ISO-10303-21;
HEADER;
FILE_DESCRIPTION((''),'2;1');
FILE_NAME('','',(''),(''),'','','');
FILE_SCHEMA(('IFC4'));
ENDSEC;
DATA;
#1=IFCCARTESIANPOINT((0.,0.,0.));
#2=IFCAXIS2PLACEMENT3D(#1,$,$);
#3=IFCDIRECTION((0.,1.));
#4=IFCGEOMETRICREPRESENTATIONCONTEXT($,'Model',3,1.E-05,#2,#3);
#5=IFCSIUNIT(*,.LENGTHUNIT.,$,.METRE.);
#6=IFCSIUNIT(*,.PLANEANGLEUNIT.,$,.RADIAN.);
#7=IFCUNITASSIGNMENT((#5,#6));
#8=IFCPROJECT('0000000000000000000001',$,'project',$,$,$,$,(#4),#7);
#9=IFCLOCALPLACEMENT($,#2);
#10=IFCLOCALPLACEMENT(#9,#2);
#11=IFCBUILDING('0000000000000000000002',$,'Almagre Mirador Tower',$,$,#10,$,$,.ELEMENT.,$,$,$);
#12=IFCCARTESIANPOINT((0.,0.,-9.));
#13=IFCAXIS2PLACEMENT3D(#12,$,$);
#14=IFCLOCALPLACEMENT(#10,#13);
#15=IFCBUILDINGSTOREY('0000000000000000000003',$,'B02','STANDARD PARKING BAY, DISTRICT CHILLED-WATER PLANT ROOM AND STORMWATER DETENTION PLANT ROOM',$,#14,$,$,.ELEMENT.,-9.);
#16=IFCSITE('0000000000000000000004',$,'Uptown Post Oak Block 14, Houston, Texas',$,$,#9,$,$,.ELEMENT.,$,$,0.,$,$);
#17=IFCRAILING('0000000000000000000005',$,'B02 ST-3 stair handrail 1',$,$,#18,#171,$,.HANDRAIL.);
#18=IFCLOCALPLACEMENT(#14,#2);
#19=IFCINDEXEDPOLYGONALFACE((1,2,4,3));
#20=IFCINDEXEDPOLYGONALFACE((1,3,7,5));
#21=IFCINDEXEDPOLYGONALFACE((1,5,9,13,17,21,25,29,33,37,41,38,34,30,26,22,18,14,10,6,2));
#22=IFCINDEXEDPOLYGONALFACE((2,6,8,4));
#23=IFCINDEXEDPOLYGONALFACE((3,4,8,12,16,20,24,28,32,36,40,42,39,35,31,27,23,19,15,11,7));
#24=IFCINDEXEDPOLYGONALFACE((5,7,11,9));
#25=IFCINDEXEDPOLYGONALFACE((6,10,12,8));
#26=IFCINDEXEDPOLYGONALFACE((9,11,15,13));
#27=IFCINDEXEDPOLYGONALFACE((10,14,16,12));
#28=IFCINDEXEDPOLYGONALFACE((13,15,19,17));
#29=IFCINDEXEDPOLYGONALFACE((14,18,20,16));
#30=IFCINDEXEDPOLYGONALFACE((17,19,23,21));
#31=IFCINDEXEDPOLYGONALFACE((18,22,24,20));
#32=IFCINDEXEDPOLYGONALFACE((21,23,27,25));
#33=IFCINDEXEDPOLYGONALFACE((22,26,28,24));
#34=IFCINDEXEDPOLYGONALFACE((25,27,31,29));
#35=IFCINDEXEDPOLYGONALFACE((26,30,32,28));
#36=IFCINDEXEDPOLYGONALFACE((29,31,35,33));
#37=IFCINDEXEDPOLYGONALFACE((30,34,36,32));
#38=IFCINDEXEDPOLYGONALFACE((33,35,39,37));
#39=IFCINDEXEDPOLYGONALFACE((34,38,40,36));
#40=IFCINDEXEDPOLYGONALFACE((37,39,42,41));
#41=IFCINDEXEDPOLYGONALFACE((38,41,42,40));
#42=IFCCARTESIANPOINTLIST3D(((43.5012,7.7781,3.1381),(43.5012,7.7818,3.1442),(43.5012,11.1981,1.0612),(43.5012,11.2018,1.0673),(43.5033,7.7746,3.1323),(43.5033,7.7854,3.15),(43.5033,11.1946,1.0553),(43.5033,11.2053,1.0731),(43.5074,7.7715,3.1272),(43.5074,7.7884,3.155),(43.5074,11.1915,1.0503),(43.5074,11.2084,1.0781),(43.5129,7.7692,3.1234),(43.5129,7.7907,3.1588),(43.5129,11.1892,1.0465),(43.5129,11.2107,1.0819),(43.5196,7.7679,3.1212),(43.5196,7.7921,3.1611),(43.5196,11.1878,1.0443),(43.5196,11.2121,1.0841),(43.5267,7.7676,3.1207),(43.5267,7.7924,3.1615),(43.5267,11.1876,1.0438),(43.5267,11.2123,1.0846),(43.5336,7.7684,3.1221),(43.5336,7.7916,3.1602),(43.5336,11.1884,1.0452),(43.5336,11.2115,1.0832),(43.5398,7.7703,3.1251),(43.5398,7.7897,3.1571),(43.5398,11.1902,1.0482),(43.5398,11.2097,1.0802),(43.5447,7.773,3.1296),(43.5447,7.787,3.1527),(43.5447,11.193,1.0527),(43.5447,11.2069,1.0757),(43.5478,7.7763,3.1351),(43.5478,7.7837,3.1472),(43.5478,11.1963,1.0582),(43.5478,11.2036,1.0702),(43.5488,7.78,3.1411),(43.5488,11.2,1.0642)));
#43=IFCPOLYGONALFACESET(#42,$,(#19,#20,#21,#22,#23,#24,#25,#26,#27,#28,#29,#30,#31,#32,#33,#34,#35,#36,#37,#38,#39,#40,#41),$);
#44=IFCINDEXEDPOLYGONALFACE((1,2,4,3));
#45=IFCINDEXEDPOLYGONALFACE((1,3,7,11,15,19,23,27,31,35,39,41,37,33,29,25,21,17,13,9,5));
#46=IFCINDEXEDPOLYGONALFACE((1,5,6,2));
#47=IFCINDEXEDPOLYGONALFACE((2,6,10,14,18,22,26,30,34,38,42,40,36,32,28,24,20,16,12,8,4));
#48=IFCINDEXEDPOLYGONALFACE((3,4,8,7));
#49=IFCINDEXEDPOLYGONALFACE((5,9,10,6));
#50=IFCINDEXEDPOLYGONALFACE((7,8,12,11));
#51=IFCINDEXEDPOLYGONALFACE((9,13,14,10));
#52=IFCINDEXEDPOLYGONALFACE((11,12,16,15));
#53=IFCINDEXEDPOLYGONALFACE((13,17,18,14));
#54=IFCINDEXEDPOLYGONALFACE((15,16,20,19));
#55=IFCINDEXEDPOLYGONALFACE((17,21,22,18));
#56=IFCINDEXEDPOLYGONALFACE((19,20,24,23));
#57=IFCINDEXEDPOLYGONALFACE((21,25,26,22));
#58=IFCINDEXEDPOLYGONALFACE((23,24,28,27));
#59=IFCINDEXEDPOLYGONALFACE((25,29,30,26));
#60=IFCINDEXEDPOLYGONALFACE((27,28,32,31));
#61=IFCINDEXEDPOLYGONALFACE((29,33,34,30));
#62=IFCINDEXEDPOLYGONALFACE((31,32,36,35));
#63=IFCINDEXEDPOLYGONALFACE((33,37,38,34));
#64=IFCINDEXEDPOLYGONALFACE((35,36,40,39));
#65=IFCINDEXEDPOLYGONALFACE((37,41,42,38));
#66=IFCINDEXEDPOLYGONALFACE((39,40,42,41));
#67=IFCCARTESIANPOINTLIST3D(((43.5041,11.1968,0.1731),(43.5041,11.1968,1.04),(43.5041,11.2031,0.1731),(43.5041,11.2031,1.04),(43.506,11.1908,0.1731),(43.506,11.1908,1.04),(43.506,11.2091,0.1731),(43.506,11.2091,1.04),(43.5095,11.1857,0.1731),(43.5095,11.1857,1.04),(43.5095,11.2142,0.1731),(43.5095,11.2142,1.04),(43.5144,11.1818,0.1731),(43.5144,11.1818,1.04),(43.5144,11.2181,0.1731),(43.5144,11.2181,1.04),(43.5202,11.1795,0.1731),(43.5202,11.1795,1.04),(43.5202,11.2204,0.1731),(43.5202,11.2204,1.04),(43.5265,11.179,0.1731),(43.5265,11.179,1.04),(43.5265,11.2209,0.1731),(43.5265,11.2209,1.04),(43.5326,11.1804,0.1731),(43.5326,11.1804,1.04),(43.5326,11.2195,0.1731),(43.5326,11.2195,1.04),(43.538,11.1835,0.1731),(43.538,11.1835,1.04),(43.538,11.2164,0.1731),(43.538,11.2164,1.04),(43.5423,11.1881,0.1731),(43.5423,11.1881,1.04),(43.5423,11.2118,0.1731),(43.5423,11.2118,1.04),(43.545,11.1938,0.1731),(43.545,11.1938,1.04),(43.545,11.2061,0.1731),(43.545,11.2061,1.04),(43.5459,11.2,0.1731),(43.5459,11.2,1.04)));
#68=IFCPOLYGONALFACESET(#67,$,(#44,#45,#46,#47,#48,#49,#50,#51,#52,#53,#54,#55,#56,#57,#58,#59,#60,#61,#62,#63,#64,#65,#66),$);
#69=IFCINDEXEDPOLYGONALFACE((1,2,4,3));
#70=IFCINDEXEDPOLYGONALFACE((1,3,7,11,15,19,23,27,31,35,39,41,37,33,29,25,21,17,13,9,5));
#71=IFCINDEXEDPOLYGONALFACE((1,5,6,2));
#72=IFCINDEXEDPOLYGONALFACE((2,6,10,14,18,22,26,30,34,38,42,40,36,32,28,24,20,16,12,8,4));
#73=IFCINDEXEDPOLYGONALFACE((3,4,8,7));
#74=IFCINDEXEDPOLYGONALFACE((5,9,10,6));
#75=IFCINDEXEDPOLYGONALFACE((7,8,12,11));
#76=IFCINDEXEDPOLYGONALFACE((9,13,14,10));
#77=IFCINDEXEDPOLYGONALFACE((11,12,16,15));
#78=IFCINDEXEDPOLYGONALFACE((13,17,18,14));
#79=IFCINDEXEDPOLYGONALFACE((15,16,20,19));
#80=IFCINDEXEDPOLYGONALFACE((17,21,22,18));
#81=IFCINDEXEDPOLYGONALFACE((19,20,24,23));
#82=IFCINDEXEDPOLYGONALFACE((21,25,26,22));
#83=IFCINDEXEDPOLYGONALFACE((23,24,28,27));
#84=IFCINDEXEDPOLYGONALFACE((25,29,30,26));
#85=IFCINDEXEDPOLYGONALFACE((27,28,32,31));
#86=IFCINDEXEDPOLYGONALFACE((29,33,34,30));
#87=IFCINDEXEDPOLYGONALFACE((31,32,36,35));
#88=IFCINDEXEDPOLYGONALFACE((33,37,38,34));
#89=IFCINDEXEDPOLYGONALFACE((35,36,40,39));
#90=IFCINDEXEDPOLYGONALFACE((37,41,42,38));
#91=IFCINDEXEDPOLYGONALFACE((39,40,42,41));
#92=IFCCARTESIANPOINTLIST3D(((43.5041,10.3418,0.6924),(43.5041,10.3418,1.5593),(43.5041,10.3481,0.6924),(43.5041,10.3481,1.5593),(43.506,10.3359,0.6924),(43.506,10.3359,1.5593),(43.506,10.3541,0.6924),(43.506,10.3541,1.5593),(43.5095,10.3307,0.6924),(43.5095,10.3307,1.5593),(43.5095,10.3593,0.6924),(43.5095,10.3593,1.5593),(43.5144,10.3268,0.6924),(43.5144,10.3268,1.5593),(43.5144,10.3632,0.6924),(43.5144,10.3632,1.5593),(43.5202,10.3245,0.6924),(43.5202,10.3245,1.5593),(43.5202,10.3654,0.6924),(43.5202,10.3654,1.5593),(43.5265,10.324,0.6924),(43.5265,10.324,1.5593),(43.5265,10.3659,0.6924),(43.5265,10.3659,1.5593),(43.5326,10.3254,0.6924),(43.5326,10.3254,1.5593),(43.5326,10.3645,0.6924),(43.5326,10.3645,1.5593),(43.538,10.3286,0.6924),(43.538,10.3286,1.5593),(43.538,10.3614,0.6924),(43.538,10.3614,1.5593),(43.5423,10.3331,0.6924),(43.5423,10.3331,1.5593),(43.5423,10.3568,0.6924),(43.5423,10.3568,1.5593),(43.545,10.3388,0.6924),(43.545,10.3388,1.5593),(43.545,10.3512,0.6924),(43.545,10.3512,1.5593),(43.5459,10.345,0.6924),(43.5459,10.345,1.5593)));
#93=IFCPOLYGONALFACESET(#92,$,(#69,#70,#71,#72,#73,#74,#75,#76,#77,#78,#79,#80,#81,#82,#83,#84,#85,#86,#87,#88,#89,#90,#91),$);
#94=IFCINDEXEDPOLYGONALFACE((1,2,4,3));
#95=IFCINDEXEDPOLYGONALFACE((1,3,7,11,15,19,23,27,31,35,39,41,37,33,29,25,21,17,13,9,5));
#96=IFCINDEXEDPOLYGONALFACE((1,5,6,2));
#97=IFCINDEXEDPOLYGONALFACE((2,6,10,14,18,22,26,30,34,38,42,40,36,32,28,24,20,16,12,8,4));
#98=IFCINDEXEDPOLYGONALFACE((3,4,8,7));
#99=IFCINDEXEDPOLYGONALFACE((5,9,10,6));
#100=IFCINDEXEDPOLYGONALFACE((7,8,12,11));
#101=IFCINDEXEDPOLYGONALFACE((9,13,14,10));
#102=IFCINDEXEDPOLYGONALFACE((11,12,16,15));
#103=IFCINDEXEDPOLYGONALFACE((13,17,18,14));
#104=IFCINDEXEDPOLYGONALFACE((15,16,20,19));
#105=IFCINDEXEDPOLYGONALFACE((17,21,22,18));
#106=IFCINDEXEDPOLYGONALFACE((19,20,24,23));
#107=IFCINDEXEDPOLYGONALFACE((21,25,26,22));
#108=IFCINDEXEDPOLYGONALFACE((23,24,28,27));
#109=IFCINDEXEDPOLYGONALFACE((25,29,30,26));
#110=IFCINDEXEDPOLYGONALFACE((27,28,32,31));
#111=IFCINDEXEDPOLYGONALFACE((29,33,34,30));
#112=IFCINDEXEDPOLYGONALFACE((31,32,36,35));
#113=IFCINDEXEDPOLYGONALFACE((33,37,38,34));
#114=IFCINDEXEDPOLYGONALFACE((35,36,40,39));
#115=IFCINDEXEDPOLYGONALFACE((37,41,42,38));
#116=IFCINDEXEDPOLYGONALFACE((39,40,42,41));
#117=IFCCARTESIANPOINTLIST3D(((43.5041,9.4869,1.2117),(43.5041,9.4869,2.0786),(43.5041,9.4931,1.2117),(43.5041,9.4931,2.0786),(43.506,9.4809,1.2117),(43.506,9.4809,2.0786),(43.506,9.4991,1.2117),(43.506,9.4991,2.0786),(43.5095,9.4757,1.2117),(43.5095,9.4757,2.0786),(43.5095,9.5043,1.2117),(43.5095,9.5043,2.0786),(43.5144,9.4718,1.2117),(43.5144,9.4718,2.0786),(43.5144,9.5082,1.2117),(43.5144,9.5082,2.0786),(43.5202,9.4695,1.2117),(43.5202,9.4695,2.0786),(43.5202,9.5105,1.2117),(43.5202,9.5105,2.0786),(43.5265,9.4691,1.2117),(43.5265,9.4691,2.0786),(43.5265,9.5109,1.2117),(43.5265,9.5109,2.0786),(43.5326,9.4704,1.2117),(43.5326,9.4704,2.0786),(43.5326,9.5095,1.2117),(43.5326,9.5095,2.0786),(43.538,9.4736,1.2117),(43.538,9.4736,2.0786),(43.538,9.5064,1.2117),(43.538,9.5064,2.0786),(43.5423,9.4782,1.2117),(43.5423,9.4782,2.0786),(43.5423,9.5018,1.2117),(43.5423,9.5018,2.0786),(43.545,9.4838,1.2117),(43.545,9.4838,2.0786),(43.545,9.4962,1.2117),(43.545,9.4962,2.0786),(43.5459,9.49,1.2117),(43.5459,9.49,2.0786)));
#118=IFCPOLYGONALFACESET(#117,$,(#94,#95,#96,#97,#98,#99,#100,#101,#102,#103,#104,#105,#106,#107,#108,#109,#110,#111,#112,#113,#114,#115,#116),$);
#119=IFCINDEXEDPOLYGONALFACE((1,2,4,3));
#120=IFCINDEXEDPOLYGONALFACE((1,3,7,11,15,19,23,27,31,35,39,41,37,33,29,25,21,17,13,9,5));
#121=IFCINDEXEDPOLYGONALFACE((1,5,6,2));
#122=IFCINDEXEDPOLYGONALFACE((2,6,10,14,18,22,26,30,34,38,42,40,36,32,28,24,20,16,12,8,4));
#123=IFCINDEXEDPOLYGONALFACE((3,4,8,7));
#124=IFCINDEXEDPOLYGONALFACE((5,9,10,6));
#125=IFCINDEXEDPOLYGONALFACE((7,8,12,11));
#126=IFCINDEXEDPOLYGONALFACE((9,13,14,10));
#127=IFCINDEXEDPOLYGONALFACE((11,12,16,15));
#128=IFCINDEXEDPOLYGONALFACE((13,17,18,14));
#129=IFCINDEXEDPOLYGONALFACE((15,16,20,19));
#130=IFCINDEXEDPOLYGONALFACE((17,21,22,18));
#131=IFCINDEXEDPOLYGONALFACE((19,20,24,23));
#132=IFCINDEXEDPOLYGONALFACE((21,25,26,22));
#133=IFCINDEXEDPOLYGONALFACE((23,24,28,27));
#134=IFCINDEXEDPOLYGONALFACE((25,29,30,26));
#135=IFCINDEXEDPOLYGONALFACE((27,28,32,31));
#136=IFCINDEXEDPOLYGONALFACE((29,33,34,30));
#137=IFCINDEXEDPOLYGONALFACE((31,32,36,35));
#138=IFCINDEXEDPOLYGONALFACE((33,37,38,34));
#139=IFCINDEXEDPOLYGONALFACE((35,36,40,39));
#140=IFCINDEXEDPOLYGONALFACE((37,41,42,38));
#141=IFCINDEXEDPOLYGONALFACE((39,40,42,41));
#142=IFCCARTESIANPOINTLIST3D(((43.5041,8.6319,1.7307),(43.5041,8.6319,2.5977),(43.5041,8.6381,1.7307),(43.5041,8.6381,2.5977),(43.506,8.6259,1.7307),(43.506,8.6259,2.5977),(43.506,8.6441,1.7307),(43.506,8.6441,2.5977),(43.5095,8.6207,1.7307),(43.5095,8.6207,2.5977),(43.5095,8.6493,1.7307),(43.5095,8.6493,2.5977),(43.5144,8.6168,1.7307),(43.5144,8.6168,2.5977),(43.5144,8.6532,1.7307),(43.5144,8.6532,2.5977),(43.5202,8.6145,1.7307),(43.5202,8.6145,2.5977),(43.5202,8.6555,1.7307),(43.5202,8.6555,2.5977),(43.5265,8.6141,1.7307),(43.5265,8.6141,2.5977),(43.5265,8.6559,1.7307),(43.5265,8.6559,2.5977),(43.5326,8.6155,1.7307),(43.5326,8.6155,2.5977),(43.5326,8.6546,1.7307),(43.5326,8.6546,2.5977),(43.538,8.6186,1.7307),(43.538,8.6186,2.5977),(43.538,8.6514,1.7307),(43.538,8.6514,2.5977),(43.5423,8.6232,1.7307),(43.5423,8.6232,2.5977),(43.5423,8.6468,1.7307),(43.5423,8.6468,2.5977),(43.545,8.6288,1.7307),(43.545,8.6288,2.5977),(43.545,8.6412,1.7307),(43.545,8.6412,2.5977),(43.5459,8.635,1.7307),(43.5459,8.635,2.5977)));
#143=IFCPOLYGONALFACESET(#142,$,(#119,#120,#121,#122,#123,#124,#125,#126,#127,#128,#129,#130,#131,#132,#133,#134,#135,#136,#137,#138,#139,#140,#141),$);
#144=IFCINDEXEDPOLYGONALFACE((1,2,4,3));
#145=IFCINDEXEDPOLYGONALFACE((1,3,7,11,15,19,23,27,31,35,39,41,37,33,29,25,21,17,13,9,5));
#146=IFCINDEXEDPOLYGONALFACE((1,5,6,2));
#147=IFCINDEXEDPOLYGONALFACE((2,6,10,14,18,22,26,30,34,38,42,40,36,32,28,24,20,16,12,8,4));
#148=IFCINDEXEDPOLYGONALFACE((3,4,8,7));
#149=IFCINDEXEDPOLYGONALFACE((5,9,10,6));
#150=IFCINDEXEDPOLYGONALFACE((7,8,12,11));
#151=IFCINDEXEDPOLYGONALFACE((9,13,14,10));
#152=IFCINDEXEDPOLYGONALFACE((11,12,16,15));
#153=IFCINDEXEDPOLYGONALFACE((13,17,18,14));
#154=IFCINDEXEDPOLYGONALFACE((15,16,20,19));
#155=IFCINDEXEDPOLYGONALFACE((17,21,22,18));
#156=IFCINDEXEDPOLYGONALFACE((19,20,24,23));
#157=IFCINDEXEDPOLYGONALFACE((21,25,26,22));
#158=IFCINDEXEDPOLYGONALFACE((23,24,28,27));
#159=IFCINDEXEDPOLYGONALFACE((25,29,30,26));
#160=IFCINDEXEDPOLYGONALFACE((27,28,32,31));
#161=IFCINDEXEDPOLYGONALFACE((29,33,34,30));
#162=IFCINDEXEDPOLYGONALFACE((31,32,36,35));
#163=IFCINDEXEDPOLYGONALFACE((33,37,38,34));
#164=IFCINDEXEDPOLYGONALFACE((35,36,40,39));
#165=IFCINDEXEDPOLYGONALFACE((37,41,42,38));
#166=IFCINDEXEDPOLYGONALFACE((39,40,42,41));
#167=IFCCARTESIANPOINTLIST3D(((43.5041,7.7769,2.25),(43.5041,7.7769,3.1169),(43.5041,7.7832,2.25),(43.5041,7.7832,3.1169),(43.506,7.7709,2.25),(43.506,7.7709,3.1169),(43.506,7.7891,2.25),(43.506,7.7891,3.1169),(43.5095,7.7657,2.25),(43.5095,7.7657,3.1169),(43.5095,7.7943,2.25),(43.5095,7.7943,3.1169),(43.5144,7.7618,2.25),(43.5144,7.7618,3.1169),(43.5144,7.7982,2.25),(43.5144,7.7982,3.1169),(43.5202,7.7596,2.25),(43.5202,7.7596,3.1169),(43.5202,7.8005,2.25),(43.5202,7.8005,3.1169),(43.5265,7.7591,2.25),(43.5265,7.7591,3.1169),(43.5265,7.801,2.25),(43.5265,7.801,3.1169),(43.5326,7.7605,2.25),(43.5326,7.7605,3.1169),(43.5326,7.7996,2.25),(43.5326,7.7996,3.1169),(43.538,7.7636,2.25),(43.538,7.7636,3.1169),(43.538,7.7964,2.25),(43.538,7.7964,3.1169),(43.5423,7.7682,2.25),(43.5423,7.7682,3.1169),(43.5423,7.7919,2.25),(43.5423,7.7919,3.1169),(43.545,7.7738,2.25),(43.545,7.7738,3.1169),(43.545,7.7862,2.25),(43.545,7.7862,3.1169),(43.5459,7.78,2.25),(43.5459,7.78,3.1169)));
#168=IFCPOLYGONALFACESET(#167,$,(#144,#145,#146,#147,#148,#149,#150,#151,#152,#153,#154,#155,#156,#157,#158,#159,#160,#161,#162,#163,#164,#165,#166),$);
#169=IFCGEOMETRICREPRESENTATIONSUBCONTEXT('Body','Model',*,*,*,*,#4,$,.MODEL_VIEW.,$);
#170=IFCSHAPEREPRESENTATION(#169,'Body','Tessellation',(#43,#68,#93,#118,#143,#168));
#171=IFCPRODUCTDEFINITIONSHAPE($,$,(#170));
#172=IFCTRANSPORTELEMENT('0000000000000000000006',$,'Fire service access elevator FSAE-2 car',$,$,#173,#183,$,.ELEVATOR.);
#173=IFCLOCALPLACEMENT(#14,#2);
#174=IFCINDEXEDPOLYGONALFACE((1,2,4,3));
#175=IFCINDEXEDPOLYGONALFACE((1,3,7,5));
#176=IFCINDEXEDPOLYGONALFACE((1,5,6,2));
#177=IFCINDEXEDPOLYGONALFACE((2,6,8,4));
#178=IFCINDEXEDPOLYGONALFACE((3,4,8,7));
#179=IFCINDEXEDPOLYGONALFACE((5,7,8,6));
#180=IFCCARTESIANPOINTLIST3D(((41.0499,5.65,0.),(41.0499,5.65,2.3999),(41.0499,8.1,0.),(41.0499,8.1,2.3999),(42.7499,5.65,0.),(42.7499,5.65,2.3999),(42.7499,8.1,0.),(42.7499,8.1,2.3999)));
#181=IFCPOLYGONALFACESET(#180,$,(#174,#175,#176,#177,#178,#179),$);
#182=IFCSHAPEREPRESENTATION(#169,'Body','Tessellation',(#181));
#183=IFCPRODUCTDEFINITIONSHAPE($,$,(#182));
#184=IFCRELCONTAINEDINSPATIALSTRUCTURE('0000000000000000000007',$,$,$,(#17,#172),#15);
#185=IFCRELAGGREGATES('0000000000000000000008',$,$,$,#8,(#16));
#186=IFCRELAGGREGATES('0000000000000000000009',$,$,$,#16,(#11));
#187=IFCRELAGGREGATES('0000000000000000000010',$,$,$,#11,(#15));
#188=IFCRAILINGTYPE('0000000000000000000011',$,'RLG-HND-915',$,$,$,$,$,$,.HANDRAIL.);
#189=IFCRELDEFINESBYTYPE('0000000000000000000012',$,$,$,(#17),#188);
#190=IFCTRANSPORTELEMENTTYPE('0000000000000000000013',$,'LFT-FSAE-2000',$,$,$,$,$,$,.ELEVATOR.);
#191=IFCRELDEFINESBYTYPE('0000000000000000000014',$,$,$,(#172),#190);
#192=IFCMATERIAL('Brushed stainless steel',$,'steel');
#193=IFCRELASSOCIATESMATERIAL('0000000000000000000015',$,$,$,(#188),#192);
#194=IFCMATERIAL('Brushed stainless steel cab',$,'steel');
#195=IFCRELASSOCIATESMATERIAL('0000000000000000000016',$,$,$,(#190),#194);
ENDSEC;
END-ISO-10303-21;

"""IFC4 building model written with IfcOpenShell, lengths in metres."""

from ifc_helpers import new_model, si_unit, direction, frame, origin, origin_2d, place, context, subcontext, project, spatial, rectangle, circle, extrude, material, type_object, element, save


model = new_model("IFC4")

# Units and contexts
model_context = context("Model", 3, precision=1e-05, world=origin(), true_north=direction((0.0, 1.0)))
body_context = subcontext(model_context, "Body", "Model", "MODEL_VIEW")
ifc_project = project(units=[si_unit("LENGTHUNIT", "METRE"), si_unit("PLANEANGLEUNIT", "RADIAN")], contexts=[model_context])

# Site, building, storey
site_placement = place(None, origin())
site = spatial("IfcSite", under=ifc_project, at=site_placement, Name="Uptown Post Oak Block 14, Houston, Texas", CompositionType="ELEMENT", RefElevation=0.0)
building_placement = place(site_placement, origin())
building = spatial("IfcBuilding", under=site, at=building_placement, Name="Almagre Mirador Tower", CompositionType="ELEMENT")
storey_placement = place(building_placement, frame((0.0, 0.0, -9.0)))
storey = spatial("IfcBuildingStorey", under=building, at=storey_placement, Name="B02", Description="STANDARD PARKING BAY, DISTRICT CHILLED-WATER PLANT ROOM AND STORMWATER DETENTION PLANT ROOM", CompositionType="ELEMENT", Elevation=-9.0)

# Railing
ifc_material_1 = material(Name="Brushed stainless steel", Category="steel")
railing_type_1 = type_object("IfcRailingType", Name="RLG-HND-915", PredefinedType="HANDRAIL", material=ifc_material_1)
railing_1_placement = place(storey_placement, frame((43.5249, 11.2, 0.1731)))
element("IfcRailing", 1, at=railing_1_placement, inside=storey, type_object=railing_type_1, Name="B02 ST-3 stair handrail 1", PredefinedType="HANDRAIL", context=body_context, shape_type="SweptSolid", body=[
    extrude(circle(Radius=0.0239, at=origin_2d()), frame((0.0, 0.0, 0.8911), z_axis=(0.0, -0.85473, 0.519074), x_axis=(1.0, 0.0, 0.0)), (0.0, 0.0, 1.0), 4.0012),
    extrude(circle(Radius=0.021, at=origin_2d()), origin(), (0.0, 0.0, 1.0), 0.8669),
    extrude(circle(Radius=0.021, at=origin_2d()), frame((0.0, -0.855, 0.5193)), (0.0, 0.0, 1.0), 0.8669),
    extrude(circle(Radius=0.021, at=origin_2d()), frame((0.0, -1.71, 1.0386)), (0.0, 0.0, 1.0), 0.8669),
    extrude(circle(Radius=0.021, at=origin_2d()), frame((0.0, -2.5649, 1.5576)), (0.0, 0.0, 1.0), 0.8669),
    extrude(circle(Radius=0.021, at=origin_2d()), frame((0.0, -3.4199, 2.0769)), (0.0, 0.0, 1.0), 0.8669),
])

# Transport element
ifc_material_2 = material(Name="Brushed stainless steel cab", Category="steel")
transport_element_type = type_object("IfcTransportElementType", Name="LFT-FSAE-2000", PredefinedType="ELEVATOR", material=ifc_material_2)
transport_element_placement = place(storey_placement, frame((41.8999, 6.875, 0.0), z_axis=(0.0, 0.0, 1.0), x_axis=(1.0, 0.0, 0.0)))
element("IfcTransportElement", 2, at=transport_element_placement, inside=storey, type_object=transport_element_type, Name="Fire service access elevator FSAE-2 car", PredefinedType="ELEVATOR", context=body_context, shape_type="SweptSolid", body=[
    extrude(rectangle(XDim=1.7, YDim=2.45, at=origin_2d()), origin(), (0.0, 0.0, 1.0), 2.3999),
])

save(model, "model.ifc")
